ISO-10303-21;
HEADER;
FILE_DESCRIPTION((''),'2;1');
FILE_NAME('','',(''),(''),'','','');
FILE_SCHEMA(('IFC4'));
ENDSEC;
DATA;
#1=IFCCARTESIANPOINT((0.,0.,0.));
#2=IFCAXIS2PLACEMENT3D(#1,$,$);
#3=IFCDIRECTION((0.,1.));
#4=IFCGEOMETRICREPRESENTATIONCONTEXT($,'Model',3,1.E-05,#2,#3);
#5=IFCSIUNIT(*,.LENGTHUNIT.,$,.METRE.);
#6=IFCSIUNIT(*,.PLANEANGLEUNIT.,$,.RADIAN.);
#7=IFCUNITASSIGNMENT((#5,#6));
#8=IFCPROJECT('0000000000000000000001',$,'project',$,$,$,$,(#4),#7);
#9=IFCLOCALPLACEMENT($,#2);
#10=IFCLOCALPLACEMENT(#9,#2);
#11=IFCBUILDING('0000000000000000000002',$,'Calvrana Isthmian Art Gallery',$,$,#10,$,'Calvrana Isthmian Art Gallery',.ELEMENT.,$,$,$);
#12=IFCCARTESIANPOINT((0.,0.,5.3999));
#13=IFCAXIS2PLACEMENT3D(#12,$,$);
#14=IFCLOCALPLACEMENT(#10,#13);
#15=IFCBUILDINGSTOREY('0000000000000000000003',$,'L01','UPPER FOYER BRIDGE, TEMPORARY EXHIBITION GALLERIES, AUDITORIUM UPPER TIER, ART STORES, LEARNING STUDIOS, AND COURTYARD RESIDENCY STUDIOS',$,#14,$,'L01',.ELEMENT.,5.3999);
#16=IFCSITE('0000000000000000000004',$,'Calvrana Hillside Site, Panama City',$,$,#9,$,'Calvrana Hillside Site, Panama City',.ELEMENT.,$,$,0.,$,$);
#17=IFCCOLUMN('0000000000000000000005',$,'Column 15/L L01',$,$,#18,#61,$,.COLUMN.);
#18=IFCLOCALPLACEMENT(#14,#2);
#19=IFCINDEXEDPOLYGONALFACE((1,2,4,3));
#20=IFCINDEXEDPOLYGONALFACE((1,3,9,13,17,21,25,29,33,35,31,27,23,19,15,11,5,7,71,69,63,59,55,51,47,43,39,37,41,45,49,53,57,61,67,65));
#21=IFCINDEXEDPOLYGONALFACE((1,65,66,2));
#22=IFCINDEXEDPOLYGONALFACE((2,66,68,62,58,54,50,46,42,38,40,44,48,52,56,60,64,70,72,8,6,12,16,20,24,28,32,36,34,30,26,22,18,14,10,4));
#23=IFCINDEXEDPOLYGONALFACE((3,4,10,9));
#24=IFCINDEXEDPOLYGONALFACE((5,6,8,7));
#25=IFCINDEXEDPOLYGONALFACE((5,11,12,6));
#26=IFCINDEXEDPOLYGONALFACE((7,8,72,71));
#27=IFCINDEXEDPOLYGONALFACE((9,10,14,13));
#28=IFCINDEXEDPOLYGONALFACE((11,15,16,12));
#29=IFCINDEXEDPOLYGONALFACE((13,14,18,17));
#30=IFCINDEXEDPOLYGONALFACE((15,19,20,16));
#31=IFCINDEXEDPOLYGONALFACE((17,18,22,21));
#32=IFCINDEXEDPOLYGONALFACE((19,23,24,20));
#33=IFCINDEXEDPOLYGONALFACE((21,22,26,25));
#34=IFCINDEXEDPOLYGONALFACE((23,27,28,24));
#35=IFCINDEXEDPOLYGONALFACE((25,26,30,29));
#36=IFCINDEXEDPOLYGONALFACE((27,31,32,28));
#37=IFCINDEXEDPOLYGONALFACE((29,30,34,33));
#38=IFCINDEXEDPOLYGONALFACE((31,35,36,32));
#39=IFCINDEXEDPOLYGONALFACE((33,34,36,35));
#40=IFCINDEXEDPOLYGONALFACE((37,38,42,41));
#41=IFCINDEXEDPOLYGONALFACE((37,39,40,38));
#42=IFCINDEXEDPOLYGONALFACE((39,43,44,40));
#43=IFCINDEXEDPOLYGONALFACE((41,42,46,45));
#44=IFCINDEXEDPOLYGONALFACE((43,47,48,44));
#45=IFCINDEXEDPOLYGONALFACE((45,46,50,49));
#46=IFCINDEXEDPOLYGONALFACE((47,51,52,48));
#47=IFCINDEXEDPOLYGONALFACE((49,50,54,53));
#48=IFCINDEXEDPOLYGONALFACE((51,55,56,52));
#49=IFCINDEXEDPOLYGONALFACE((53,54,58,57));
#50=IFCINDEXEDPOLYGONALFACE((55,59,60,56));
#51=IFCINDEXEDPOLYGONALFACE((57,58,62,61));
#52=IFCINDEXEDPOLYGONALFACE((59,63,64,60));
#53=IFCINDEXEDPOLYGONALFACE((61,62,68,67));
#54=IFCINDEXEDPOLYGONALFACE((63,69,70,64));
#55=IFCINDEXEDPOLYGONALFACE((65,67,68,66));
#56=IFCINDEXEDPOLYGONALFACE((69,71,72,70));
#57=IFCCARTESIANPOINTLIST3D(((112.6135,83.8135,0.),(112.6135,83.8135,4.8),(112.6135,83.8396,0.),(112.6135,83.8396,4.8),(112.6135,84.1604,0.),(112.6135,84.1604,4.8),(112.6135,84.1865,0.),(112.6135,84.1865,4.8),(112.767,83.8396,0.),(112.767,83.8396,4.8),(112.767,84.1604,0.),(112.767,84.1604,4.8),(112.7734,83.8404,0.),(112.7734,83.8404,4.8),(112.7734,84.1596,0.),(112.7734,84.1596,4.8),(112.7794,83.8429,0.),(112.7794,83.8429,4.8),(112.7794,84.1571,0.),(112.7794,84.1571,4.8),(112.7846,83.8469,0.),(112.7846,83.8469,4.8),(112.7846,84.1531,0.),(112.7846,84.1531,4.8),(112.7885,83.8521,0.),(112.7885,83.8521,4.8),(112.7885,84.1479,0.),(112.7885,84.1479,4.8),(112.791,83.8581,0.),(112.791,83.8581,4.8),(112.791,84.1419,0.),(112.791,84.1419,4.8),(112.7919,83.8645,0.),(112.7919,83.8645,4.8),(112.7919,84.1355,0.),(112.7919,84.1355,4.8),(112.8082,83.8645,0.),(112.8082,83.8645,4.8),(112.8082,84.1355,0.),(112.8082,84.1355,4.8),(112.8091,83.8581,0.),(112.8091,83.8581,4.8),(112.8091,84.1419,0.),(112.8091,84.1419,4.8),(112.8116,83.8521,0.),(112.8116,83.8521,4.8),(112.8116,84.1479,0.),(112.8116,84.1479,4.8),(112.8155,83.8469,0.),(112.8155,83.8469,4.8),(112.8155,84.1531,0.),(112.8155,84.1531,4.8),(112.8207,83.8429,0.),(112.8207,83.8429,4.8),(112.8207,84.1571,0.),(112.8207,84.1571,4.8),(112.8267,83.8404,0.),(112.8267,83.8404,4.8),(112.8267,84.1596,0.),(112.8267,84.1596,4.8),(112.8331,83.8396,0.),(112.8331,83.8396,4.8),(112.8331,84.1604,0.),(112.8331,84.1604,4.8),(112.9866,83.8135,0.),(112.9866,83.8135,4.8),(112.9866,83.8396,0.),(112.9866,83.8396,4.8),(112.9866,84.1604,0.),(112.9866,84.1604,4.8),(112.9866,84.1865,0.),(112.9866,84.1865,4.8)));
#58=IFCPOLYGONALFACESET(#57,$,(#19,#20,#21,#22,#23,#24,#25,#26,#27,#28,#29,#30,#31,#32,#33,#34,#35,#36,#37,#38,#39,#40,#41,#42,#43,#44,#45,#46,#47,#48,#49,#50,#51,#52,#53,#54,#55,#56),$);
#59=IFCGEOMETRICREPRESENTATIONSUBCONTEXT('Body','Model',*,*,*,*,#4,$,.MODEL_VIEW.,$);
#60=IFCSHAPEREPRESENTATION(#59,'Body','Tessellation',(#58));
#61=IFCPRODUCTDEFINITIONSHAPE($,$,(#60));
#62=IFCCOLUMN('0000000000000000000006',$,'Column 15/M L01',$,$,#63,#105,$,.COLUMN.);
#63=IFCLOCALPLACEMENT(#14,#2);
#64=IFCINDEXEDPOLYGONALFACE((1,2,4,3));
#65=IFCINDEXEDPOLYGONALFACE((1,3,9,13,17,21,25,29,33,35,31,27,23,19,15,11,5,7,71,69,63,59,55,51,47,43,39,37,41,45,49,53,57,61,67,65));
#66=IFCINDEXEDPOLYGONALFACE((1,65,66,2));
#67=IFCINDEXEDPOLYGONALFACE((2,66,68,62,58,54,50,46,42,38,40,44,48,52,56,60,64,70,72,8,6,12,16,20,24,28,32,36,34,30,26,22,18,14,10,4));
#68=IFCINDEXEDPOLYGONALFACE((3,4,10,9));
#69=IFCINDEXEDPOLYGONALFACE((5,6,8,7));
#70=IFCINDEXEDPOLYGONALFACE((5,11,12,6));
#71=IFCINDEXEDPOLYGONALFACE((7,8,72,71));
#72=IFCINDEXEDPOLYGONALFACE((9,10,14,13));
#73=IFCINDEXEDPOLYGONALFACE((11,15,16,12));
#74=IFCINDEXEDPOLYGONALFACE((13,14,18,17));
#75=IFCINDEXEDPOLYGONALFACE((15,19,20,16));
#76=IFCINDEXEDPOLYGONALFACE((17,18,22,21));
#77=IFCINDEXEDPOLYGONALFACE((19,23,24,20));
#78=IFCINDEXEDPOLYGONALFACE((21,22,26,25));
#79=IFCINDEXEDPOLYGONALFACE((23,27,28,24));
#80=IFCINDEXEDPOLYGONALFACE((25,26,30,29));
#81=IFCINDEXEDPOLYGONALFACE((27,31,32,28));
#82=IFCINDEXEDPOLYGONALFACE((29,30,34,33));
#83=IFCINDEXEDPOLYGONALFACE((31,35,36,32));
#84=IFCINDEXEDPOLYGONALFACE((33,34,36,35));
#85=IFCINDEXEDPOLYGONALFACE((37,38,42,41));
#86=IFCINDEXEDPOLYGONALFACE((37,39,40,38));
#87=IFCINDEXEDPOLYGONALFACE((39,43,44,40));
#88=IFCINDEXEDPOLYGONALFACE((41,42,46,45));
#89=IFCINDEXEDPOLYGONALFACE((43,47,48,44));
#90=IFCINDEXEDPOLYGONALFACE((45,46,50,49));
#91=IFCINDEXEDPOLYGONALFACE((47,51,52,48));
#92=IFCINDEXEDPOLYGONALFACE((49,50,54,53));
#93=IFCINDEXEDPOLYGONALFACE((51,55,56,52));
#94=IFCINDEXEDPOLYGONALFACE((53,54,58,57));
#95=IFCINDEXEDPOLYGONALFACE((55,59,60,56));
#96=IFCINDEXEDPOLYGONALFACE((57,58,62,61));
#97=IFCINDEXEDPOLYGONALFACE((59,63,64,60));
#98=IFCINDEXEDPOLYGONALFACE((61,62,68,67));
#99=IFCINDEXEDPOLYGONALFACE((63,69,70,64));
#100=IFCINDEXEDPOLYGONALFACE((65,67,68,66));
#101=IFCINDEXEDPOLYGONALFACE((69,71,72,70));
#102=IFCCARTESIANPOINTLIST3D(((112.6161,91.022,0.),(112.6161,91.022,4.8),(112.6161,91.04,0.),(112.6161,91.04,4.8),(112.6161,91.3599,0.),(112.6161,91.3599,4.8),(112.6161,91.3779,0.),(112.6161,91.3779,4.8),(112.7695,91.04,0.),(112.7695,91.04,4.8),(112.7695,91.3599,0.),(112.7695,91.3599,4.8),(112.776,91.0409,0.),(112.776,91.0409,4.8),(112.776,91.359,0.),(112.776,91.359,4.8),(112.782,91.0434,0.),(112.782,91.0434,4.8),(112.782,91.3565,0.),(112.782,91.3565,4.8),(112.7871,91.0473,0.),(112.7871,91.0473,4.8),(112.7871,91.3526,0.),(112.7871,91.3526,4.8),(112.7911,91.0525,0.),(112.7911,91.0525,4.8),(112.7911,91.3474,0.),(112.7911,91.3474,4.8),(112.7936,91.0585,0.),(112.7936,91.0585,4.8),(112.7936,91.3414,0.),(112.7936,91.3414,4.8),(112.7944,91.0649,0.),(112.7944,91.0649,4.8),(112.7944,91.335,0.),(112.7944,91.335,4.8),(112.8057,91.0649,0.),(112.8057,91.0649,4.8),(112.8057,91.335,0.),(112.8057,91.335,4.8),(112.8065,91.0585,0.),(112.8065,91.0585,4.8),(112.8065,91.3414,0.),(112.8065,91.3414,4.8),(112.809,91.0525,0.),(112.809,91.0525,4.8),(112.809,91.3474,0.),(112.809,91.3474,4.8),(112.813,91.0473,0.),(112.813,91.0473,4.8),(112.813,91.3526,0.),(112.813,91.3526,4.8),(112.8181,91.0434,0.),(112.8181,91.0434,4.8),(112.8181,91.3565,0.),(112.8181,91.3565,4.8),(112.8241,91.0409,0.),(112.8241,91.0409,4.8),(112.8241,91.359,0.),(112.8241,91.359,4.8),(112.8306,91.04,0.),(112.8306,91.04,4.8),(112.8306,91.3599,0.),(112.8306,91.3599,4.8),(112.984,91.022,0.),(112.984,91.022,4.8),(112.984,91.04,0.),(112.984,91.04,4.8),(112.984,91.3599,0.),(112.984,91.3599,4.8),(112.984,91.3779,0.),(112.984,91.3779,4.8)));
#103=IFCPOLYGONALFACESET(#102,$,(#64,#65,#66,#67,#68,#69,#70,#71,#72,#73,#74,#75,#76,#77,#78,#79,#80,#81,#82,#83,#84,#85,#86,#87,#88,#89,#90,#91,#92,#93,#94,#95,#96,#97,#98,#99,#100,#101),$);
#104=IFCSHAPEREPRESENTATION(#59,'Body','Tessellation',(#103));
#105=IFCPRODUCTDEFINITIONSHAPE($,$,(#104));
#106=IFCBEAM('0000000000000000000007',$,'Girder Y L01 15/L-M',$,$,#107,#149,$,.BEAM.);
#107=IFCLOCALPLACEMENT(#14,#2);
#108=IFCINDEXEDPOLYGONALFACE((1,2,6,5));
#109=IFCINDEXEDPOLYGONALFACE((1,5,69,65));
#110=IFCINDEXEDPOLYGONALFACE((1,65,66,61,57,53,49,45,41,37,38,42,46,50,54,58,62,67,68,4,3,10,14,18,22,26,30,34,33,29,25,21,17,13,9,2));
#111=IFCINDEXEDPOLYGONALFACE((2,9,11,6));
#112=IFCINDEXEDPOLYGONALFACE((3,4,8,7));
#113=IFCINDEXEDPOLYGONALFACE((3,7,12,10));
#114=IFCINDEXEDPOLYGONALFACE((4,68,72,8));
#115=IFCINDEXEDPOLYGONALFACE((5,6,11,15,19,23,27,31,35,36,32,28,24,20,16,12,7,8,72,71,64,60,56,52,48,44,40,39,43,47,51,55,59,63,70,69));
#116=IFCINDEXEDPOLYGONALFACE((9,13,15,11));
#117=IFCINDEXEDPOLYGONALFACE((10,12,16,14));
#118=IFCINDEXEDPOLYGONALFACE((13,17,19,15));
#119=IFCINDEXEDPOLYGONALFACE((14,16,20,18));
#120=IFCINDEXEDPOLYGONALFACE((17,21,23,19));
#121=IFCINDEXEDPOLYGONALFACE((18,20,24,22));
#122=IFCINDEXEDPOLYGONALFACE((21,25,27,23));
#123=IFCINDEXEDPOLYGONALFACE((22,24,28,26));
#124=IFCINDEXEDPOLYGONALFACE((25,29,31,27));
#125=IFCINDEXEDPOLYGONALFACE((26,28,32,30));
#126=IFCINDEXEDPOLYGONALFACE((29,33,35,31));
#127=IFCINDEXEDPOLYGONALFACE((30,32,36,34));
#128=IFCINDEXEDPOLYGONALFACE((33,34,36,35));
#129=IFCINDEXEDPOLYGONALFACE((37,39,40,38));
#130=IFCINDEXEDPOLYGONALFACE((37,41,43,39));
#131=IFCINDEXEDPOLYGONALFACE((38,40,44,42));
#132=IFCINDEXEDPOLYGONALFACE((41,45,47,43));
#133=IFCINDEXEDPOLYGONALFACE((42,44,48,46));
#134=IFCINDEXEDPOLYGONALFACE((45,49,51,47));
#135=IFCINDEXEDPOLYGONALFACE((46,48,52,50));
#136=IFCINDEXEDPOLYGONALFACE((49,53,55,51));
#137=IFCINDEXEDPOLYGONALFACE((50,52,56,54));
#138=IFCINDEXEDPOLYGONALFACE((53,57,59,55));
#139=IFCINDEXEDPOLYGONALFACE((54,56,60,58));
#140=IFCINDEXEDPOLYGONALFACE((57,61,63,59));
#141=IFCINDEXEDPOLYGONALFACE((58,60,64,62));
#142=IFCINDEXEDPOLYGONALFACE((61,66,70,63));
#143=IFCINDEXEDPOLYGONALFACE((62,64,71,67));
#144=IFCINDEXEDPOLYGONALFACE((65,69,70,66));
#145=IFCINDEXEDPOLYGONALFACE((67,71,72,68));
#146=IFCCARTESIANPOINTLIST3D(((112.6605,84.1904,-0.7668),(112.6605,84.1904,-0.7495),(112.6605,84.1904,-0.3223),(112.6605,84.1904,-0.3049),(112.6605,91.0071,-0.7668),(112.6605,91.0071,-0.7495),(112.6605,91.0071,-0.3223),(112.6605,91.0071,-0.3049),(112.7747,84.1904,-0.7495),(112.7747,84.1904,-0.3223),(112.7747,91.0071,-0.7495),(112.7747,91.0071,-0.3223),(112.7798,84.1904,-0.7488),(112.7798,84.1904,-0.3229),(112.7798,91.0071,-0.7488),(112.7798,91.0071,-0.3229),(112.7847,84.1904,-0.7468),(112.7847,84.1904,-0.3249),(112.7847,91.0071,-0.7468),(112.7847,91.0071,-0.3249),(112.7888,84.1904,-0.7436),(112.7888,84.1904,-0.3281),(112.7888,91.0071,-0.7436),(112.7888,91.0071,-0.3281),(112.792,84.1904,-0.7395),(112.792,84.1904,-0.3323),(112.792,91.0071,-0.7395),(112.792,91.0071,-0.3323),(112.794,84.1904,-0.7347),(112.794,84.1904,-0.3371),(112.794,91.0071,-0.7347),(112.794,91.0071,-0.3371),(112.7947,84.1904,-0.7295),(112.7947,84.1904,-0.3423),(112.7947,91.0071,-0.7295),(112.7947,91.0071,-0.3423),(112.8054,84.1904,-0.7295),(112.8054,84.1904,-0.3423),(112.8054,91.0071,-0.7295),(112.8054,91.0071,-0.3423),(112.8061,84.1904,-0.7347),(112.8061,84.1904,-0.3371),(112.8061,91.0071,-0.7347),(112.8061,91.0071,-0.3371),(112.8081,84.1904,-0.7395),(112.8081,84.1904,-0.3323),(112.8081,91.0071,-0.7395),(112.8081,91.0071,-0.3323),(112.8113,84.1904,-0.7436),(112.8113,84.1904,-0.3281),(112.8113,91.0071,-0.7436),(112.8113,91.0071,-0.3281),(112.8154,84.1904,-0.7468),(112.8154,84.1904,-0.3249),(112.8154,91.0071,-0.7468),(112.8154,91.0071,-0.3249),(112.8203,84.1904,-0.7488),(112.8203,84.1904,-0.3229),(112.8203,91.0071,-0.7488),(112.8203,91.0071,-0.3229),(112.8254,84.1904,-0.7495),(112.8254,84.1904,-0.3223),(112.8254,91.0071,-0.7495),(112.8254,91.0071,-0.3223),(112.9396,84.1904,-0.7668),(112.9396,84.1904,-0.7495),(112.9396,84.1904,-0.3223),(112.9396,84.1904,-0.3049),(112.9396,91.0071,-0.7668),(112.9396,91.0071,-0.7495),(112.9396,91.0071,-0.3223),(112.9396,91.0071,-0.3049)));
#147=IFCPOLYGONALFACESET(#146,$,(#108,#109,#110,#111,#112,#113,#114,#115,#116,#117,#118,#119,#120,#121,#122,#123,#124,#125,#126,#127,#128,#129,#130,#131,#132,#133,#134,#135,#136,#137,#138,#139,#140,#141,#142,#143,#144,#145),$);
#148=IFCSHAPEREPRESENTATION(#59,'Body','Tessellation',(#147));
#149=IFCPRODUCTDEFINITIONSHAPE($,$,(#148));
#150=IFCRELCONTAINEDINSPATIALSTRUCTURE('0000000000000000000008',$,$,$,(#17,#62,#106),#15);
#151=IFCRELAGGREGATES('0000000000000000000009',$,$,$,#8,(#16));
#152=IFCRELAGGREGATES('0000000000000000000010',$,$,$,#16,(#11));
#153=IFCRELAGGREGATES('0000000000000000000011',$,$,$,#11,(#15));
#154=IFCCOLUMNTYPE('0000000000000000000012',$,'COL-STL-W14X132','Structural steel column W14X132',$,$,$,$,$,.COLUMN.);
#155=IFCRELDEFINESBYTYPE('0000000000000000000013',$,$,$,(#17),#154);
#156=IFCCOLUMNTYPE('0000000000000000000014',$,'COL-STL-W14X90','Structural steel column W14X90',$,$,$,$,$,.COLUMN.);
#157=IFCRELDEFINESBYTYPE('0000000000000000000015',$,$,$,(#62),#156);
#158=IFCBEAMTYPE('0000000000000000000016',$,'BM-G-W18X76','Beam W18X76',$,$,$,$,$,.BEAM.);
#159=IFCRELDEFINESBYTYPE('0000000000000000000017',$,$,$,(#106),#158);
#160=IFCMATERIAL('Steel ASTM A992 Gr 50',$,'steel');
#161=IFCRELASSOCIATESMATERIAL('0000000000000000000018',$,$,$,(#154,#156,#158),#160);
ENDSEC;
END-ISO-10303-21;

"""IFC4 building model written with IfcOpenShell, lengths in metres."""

from ifc_helpers import new_model, si_unit, direction, frame, origin, origin_2d, place, context, subcontext, project, spatial, i_section, extrude, material, material_profile, profile_set, type_object, element, save


model = new_model("IFC4")

# Units and contexts
model_context = context("Model", 3, precision=1e-05, world=origin(), true_north=direction((0.0, 1.0)))
body_context = subcontext(model_context, "Body", "Model", "MODEL_VIEW")
ifc_project = project(units=[si_unit("LENGTHUNIT", "METRE"), si_unit("PLANEANGLEUNIT", "RADIAN")], contexts=[model_context])

# Site, building, storey
site_placement = place(None, origin())
site = spatial("IfcSite", under=ifc_project, at=site_placement, Name="Calvrana Hillside Site, Panama City", LongName="Calvrana Hillside Site, Panama City", CompositionType="ELEMENT", RefElevation=0.0)
building_placement = place(site_placement, origin())
building = spatial("IfcBuilding", under=site, at=building_placement, Name="Calvrana Isthmian Art Gallery", LongName="Calvrana Isthmian Art Gallery", CompositionType="ELEMENT")
storey_placement = place(building_placement, frame((0.0, 0.0, 5.3999)))
storey = spatial("IfcBuildingStorey", under=building, at=storey_placement, Name="L01", Description="UPPER FOYER BRIDGE, TEMPORARY EXHIBITION GALLERIES, AUDITORIUM UPPER TIER, ART STORES, LEARNING STUDIOS, AND COURTYARD RESIDENCY STUDIOS", LongName="L01", CompositionType="ELEMENT", Elevation=5.3999)

# Columns
ifc_material_1 = material(Name="Steel ASTM A992 Gr 50", Category="steel")
ifc_material_profile_1 = material_profile(ifc_material_1, i_section(OverallWidth=0.373, OverallDepth=0.373, WebThickness=0.0164, FlangeThickness=0.0261, FilletRadius=0.0249, at=origin_2d()), Name="W14X132")
ifc_profile_set_1 = profile_set([ifc_material_profile_1], Name="Steel ASTM A992 Gr 50")
column_type_1 = type_object("IfcColumnType", Name="COL-STL-W14X132", Description="Structural steel column W14X132", PredefinedType="COLUMN", material=ifc_profile_set_1)
column_1_placement = place(storey_placement, frame((112.8, 84.0, 0.0), z_axis=(0.0, 0.0, 1.0), x_axis=(1.0, 0.0, 0.0)))
element("IfcColumn", 1, at=column_1_placement, inside=storey, type_object=column_type_1, Name="Column 15/L L01", PredefinedType="COLUMN", context=body_context, shape_type="SweptSolid", body=[
    extrude(i_section(OverallWidth=0.373, OverallDepth=0.373, WebThickness=0.0164, FlangeThickness=0.0261, FilletRadius=0.0249, at=origin_2d()), origin(), (0.0, 0.0, 1.0), 4.8),
])
ifc_material_profile_2 = material_profile(ifc_material_1, i_section(OverallWidth=0.3679, OverallDepth=0.356, WebThickness=0.0112, FlangeThickness=0.0181, FilletRadius=0.0249, at=origin_2d()), Name="W14X90")
ifc_profile_set_2 = profile_set([ifc_material_profile_2], Name="Steel ASTM A992 Gr 50")
column_type_2 = type_object("IfcColumnType", Name="COL-STL-W14X90", Description="Structural steel column W14X90", PredefinedType="COLUMN", material=ifc_profile_set_2)
column_2_placement = place(storey_placement, frame((112.8, 91.2, 0.0), z_axis=(0.0, 0.0, 1.0), x_axis=(1.0, 0.0, 0.0)))
element("IfcColumn", 2, at=column_2_placement, inside=storey, type_object=column_type_2, Name="Column 15/M L01", PredefinedType="COLUMN", context=body_context, shape_type="SweptSolid", body=[
    extrude(i_section(OverallWidth=0.3679, OverallDepth=0.356, WebThickness=0.0112, FlangeThickness=0.0181, FilletRadius=0.0249, at=origin_2d()), origin(), (0.0, 0.0, 1.0), 4.8),
])

# Beam
ifc_material_profile_3 = material_profile(ifc_material_1, i_section(OverallWidth=0.2791, OverallDepth=0.4619, WebThickness=0.0107, FlangeThickness=0.0173, FilletRadius=0.02, at=origin_2d()), Name="W18X76")
ifc_profile_set_3 = profile_set([ifc_material_profile_3], Name="Steel ASTM A992 Gr 50")
beam_type_1 = type_object("IfcBeamType", Name="BM-G-W18X76", Description="Beam W18X76", PredefinedType="BEAM", material=ifc_profile_set_3)
beam_1_placement = place(storey_placement, frame((112.8, 84.1904, -0.5359), z_axis=(0.0, 1.0, 0.0), x_axis=(-1.0, 0.0, 0.0)))
element("IfcBeam", 3, at=beam_1_placement, inside=storey, type_object=beam_type_1, Name="Girder Y L01 15/L-M", PredefinedType="BEAM", context=body_context, shape_type="SweptSolid", body=[
    extrude(i_section(OverallWidth=0.2791, OverallDepth=0.4619, WebThickness=0.0107, FlangeThickness=0.0173, FilletRadius=0.02, at=origin_2d()), origin(), (0.0, 0.0, 1.0), 6.8167),
])

save(model, "model.ifc")
